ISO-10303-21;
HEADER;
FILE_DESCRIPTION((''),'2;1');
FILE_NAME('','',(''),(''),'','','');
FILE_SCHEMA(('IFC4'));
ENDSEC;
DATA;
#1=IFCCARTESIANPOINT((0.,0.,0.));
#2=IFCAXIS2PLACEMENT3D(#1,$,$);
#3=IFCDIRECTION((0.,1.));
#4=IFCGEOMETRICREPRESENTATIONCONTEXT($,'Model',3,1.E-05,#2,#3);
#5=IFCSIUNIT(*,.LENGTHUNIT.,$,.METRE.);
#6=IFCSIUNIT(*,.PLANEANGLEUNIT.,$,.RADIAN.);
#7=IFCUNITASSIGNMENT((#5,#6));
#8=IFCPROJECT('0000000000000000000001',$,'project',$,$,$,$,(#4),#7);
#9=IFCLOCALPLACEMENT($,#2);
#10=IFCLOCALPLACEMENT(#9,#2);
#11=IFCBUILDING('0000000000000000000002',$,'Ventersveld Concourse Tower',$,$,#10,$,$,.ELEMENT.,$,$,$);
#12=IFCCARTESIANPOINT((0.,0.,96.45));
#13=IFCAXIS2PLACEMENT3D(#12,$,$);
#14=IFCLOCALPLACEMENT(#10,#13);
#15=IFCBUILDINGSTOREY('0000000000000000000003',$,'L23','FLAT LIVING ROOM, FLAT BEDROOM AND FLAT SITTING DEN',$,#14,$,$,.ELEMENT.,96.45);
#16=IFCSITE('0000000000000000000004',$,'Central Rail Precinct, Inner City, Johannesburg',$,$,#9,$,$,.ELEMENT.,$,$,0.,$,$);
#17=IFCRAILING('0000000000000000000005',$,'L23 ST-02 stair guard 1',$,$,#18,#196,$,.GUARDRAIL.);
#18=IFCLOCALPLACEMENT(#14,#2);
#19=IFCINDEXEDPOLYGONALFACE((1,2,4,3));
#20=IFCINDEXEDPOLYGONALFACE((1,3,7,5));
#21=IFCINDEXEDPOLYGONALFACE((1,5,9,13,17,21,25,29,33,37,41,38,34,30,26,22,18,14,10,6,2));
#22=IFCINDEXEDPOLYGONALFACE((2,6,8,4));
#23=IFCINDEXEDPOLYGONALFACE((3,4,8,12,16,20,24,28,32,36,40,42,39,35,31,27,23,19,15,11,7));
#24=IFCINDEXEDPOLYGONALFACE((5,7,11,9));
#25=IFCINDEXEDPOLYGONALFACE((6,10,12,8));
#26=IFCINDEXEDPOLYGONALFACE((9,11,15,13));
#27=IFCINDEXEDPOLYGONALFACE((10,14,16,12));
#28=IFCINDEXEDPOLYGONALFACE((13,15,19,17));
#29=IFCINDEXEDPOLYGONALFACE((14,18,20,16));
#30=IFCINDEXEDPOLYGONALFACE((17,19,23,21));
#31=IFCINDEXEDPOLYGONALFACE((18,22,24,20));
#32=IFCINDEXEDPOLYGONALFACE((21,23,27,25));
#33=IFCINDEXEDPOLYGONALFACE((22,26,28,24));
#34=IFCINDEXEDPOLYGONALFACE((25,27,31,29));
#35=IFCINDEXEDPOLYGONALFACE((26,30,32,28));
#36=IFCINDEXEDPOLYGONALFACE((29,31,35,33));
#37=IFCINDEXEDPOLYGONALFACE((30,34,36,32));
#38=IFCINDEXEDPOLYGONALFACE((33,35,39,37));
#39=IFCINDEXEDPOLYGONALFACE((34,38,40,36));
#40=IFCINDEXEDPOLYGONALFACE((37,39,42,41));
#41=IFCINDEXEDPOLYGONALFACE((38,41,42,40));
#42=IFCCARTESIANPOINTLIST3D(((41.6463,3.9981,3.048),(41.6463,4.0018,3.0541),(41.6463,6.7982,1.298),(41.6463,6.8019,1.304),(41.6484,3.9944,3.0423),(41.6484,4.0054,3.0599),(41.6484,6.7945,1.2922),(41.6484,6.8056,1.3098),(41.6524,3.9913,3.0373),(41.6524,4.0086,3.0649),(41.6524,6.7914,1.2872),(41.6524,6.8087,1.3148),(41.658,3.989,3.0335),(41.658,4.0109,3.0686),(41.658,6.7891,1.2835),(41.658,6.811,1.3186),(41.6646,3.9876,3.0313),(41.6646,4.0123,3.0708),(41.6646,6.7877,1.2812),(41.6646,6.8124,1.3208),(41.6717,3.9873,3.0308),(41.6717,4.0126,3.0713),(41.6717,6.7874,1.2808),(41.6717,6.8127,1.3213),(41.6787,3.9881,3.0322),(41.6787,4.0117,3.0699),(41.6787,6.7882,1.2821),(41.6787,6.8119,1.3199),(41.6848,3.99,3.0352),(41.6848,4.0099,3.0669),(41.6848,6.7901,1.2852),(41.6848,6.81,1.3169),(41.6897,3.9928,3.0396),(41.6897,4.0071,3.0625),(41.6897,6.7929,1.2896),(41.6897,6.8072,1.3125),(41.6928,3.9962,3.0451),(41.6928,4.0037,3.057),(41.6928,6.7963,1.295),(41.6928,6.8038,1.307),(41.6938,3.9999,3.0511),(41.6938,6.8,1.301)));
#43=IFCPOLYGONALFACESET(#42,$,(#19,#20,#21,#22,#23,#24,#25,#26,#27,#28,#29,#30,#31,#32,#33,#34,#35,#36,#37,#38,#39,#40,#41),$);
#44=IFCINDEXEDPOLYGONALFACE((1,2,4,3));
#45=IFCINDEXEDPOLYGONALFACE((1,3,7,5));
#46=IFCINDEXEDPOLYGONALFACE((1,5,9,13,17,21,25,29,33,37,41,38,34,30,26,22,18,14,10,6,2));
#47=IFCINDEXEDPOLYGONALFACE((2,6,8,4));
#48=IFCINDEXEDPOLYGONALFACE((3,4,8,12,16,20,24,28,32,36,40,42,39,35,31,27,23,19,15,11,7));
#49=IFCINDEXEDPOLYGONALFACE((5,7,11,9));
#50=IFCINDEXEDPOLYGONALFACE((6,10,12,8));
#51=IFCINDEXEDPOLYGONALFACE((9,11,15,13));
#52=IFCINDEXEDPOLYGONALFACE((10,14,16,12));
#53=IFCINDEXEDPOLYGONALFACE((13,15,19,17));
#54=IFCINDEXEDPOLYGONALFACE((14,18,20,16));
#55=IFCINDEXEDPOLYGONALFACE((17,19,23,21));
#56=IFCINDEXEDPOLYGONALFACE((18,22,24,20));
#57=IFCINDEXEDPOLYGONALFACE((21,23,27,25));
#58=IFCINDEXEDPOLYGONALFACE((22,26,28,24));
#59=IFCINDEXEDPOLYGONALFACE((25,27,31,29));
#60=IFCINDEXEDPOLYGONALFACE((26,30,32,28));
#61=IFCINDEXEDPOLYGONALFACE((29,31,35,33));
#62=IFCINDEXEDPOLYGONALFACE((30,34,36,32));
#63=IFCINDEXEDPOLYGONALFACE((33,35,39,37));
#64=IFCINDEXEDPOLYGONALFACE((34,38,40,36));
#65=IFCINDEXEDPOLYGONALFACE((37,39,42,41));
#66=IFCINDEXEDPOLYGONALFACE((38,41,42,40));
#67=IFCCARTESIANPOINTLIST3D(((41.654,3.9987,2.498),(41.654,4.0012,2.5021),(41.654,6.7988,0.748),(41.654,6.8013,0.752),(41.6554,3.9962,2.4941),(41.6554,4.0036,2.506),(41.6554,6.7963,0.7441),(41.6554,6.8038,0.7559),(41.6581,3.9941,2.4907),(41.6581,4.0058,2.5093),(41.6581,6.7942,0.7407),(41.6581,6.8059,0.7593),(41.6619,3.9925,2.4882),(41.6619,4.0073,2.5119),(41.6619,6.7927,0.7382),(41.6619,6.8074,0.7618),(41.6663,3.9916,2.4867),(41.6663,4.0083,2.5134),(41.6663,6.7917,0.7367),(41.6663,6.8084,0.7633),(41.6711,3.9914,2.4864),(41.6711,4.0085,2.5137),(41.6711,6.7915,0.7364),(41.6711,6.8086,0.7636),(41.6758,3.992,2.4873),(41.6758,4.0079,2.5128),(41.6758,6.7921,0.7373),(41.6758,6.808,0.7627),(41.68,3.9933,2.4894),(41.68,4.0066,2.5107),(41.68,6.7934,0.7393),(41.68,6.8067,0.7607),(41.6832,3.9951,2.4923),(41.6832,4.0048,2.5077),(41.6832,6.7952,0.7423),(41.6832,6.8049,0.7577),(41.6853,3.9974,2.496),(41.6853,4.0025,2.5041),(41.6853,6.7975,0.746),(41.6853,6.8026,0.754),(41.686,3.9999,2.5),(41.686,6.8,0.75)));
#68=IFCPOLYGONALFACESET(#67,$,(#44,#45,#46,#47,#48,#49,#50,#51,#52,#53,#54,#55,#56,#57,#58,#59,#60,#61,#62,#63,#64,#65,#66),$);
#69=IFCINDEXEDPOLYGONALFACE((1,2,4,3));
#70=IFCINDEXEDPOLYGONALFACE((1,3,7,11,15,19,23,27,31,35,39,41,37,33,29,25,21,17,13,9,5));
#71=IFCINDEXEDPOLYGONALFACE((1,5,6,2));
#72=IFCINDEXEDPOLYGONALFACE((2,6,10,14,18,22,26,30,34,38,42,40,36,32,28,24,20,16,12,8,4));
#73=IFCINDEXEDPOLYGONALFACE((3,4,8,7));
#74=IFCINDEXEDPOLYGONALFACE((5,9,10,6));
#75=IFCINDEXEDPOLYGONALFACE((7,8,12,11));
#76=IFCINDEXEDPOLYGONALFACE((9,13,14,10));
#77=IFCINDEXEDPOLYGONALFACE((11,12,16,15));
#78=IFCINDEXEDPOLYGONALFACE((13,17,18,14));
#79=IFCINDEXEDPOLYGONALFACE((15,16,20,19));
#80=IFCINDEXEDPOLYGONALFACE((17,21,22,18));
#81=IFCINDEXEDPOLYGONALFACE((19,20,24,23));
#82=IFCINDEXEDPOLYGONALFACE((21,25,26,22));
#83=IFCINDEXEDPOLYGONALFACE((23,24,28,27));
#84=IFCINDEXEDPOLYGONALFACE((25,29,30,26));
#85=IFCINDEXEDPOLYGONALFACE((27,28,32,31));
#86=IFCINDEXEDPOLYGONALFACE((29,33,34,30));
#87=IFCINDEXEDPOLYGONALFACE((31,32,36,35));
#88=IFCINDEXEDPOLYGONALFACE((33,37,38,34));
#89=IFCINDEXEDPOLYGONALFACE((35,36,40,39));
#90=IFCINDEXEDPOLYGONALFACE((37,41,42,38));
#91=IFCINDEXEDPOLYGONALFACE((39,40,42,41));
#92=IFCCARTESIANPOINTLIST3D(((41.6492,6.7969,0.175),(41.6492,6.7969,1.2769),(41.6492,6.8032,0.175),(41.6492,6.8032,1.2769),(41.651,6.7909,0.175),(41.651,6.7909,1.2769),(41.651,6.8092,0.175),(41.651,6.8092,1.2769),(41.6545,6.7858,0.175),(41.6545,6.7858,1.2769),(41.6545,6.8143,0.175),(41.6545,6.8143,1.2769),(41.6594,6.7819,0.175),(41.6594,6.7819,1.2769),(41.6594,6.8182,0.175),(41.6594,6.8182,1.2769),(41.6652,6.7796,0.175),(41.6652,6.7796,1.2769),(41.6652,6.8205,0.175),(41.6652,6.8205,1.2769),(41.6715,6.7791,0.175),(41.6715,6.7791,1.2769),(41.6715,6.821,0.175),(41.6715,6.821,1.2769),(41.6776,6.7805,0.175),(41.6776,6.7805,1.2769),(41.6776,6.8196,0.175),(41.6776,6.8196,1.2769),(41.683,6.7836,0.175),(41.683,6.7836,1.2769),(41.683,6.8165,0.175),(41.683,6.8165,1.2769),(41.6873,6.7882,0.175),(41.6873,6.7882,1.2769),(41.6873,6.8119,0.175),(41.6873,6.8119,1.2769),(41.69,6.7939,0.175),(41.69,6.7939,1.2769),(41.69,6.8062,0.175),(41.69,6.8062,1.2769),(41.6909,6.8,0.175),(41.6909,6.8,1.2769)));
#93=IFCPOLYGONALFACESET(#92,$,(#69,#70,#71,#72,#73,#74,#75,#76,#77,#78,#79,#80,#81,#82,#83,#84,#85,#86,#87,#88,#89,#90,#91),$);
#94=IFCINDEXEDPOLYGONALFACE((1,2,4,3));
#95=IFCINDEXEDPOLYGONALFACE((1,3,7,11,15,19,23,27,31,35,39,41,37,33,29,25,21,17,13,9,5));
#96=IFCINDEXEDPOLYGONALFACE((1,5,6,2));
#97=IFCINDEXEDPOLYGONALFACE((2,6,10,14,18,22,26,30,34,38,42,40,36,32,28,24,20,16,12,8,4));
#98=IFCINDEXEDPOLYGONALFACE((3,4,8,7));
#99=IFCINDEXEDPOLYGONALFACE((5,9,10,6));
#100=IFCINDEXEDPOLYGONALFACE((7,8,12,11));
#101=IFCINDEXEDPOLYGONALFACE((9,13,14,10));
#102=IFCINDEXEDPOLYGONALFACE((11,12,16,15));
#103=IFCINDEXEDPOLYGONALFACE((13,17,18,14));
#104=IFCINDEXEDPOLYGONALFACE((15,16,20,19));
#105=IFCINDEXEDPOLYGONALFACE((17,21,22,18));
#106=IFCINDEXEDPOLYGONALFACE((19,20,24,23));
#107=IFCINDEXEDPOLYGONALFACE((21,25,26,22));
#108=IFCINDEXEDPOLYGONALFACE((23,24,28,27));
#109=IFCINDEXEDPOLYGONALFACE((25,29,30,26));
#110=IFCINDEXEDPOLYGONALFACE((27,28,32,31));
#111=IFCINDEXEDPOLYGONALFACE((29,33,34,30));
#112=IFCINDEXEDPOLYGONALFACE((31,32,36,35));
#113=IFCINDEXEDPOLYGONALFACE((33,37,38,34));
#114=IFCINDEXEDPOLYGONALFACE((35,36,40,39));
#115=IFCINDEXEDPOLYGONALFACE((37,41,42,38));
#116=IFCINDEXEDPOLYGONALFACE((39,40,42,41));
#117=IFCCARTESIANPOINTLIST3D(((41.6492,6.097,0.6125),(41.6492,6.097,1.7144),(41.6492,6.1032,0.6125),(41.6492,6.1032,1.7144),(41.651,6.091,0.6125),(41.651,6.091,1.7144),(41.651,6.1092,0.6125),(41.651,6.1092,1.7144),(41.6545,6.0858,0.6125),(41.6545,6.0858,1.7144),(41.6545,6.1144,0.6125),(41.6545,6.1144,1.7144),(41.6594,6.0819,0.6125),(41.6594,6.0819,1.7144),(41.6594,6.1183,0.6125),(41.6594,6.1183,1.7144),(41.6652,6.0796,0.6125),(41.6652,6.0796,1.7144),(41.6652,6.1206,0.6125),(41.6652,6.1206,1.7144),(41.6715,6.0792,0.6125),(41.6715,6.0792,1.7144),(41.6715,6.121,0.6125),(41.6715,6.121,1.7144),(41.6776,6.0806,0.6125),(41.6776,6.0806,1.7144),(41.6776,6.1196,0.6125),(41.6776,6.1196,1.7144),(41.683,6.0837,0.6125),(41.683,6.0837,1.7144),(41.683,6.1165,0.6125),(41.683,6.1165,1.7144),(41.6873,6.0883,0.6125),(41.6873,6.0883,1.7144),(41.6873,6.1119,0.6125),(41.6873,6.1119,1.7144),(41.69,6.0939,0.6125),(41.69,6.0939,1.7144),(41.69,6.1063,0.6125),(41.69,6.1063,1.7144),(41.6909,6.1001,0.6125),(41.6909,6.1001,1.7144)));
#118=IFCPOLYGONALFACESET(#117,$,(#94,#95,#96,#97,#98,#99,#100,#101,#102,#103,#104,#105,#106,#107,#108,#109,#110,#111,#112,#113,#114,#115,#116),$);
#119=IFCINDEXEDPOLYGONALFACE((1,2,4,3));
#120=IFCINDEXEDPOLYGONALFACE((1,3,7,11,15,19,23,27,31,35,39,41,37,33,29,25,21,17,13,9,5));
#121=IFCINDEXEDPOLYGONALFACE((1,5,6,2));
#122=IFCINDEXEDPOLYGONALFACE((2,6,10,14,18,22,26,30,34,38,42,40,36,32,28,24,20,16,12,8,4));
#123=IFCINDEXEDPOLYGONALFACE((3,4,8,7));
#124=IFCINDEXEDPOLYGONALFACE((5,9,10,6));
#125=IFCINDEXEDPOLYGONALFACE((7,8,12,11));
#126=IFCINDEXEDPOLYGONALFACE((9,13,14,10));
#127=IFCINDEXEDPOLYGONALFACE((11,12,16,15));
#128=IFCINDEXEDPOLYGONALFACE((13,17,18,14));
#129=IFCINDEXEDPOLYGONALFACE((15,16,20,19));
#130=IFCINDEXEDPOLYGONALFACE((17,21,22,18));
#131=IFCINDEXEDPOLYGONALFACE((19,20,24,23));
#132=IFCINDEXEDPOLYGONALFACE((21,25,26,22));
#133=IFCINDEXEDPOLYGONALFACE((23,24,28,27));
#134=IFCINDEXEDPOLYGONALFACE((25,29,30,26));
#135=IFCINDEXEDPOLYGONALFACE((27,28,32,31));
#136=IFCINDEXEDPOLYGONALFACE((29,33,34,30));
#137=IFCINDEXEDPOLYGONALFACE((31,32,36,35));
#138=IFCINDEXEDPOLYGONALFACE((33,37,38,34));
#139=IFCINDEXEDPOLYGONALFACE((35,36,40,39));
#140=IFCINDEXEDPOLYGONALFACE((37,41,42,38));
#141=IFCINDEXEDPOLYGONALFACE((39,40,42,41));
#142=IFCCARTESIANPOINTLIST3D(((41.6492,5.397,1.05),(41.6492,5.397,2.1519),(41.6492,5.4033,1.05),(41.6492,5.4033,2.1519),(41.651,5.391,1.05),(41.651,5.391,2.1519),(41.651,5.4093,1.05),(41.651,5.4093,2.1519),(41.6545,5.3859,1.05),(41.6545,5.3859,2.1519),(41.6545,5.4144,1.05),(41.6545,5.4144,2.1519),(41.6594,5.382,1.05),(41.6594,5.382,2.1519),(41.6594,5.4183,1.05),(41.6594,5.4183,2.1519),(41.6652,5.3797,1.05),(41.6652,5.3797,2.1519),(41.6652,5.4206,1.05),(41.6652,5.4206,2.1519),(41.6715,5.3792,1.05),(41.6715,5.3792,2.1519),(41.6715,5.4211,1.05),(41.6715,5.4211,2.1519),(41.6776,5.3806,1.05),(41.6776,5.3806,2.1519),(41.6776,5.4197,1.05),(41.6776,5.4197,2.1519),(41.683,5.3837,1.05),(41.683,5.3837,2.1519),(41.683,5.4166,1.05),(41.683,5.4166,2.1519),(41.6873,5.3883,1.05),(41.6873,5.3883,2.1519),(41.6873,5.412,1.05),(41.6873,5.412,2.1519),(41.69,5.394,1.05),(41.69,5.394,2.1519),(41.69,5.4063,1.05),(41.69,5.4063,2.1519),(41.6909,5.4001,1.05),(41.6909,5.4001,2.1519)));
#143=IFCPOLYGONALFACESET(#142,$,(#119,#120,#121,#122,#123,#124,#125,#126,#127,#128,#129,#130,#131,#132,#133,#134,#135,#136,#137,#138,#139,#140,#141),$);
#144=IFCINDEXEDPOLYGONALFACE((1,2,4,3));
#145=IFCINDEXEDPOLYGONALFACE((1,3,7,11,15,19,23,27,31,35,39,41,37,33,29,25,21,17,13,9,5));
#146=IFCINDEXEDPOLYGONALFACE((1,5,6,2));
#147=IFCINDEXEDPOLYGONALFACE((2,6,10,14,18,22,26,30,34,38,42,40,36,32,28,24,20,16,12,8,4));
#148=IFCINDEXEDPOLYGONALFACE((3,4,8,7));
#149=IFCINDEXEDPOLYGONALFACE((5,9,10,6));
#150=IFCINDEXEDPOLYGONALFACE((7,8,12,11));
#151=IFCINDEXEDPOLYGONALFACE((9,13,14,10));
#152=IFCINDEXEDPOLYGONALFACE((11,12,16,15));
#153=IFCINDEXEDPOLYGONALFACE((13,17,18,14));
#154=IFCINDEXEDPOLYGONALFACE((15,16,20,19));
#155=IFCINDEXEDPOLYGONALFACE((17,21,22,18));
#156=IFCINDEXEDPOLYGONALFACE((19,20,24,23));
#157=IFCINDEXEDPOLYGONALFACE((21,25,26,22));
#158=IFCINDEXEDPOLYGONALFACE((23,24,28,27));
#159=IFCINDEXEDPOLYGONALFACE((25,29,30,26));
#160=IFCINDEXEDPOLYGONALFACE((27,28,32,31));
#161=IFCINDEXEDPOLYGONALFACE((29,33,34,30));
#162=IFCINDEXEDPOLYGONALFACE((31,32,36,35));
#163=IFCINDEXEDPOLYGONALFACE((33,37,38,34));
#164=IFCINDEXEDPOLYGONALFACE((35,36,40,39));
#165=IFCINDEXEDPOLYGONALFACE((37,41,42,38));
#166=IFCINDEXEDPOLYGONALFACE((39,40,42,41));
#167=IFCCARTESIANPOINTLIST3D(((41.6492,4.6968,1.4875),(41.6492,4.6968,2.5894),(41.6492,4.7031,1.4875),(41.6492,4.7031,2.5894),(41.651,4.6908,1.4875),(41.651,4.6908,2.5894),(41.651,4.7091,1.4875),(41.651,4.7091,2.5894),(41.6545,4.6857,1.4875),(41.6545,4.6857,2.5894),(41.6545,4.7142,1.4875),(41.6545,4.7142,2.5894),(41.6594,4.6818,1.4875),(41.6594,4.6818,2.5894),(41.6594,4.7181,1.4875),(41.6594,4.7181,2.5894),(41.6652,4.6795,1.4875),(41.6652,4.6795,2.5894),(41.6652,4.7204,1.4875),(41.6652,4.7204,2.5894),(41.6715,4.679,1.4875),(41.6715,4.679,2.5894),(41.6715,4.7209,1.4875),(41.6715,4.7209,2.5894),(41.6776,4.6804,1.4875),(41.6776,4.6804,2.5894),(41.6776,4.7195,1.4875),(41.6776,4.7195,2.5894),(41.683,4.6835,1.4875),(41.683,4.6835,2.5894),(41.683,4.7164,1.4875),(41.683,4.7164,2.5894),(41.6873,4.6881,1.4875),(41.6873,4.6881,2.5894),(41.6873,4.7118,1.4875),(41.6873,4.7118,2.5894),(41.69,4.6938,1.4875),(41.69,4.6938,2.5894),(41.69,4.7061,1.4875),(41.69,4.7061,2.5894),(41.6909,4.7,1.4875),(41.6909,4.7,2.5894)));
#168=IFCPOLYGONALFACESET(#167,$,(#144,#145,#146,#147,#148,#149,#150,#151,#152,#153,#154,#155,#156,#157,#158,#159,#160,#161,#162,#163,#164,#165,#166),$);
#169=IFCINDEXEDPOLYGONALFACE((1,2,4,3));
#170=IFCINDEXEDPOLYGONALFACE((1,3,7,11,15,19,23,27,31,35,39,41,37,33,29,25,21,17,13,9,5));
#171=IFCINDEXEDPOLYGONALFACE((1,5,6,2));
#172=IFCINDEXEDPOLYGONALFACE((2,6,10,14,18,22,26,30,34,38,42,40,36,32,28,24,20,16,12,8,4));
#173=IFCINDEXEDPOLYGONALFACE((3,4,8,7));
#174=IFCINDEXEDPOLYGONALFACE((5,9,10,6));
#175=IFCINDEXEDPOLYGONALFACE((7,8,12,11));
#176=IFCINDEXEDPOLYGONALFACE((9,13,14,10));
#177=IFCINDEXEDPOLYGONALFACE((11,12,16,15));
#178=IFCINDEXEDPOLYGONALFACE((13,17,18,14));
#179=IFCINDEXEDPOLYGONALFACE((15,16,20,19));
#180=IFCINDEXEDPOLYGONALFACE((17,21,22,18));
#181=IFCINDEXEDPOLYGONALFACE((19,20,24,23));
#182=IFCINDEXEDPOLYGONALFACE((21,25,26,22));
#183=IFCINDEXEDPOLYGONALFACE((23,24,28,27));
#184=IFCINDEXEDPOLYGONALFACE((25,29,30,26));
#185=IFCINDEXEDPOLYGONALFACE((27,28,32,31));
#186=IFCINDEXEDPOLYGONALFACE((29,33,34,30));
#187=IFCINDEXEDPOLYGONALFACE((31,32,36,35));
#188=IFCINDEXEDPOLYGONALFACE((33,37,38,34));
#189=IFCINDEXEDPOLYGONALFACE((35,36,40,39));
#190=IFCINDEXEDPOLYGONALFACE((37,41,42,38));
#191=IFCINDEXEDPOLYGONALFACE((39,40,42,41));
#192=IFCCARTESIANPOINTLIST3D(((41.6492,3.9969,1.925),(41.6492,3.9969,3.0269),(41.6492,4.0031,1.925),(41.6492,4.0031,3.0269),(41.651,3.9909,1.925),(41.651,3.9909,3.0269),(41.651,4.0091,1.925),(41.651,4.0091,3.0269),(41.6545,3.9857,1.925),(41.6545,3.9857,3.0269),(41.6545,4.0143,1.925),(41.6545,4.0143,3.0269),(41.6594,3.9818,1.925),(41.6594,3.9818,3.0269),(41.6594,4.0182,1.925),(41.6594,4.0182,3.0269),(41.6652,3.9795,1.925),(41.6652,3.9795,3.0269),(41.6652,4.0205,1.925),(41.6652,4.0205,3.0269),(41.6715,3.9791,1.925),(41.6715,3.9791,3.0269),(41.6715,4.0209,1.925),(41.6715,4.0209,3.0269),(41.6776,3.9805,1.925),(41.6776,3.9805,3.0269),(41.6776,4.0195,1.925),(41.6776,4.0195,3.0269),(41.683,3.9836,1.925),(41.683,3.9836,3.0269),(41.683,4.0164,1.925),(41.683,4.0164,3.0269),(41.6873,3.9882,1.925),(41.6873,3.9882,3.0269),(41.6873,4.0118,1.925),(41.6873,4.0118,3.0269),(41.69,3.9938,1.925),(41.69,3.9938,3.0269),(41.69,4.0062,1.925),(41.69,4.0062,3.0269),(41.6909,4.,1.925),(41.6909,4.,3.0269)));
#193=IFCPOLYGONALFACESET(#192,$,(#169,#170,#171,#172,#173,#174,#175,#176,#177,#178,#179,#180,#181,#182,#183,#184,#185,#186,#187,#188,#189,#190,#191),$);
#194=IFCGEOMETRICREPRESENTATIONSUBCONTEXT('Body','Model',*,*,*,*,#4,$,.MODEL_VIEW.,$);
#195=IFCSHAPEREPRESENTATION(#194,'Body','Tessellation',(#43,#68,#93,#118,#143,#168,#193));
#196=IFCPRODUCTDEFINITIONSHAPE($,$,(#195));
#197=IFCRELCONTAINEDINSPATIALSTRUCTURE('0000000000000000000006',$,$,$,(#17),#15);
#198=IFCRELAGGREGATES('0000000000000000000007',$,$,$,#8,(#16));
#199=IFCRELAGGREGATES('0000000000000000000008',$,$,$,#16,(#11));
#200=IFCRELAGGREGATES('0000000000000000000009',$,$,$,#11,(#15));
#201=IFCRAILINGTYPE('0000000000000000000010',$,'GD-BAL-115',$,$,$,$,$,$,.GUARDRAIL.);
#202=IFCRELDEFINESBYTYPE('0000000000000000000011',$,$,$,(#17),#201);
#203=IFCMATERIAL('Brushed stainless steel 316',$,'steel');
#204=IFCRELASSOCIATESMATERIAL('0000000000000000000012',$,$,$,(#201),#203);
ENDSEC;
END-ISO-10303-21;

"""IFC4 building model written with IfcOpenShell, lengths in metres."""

from ifc_helpers import new_model, si_unit, direction, frame, origin, origin_2d, place, context, subcontext, project, spatial, circle, extrude, material, type_object, element, save


model = new_model("IFC4")

# Units and contexts
model_context = context("Model", 3, precision=1e-05, world=origin(), true_north=direction((0.0, 1.0)))
body_context = subcontext(model_context, "Body", "Model", "MODEL_VIEW")
ifc_project = project(units=[si_unit("LENGTHUNIT", "METRE"), si_unit("PLANEANGLEUNIT", "RADIAN")], contexts=[model_context])

# Site, building, storey
site_placement = place(None, origin())
site = spatial("IfcSite", under=ifc_project, at=site_placement, Name="Central Rail Precinct, Inner City, Johannesburg", CompositionType="ELEMENT", RefElevation=0.0)
building_placement = place(site_placement, origin())
building = spatial("IfcBuilding", under=site, at=building_placement, Name="Ventersveld Concourse Tower", CompositionType="ELEMENT")
storey_placement = place(building_placement, frame((0.0, 0.0, 96.45)))
storey = spatial("IfcBuildingStorey", under=building, at=storey_placement, Name="L23", Description="FLAT LIVING ROOM, FLAT BEDROOM AND FLAT SITTING DEN", CompositionType="ELEMENT", Elevation=96.45)

# Railing
ifc_material_1 = material(Name="Brushed stainless steel 316", Category="steel")
railing_type_1 = type_object("IfcRailingType", Name="GD-BAL-115", PredefinedType="GUARDRAIL", material=ifc_material_1)
railing_1_placement = place(storey_placement, frame((41.6699, 6.8, 0.175)))
element("IfcRailing", 1, at=railing_1_placement, inside=storey, type_object=railing_type_1, Name="L23 ST-02 stair guard 1", PredefinedType="GUARDRAIL", context=body_context, shape_type="SweptSolid", body=[
    extrude(circle(Radius=0.0239, at=origin_2d()), frame((0.0, 0.0, 1.126), z_axis=(0.0, -0.848002, 0.529992), x_axis=(1.0, 0.0, 0.0)), (0.0, 0.0, 1.0), 3.302),
    extrude(circle(Radius=0.0161, at=origin_2d()), frame((0.0, 0.0, 0.575), z_axis=(0.0, -0.848002, 0.529992), x_axis=(1.0, 0.0, 0.0)), (0.0, 0.0, 1.0), 3.302),
    extrude(circle(Radius=0.021, at=origin_2d()), origin(), (0.0, 0.0, 1.0), 1.1018),
    extrude(circle(Radius=0.021, at=origin_2d()), frame((0.0, -0.7, 0.4375)), (0.0, 0.0, 1.0), 1.1018),
    extrude(circle(Radius=0.021, at=origin_2d()), frame((0.0, -1.3999, 0.875)), (0.0, 0.0, 1.0), 1.1018),
    extrude(circle(Radius=0.021, at=origin_2d()), frame((0.0, -2.1001, 1.3125)), (0.0, 0.0, 1.0), 1.1018),
    extrude(circle(Radius=0.021, at=origin_2d()), frame((0.0, -2.8, 1.75)), (0.0, 0.0, 1.0), 1.1018),
])

save(model, "model.ifc")
